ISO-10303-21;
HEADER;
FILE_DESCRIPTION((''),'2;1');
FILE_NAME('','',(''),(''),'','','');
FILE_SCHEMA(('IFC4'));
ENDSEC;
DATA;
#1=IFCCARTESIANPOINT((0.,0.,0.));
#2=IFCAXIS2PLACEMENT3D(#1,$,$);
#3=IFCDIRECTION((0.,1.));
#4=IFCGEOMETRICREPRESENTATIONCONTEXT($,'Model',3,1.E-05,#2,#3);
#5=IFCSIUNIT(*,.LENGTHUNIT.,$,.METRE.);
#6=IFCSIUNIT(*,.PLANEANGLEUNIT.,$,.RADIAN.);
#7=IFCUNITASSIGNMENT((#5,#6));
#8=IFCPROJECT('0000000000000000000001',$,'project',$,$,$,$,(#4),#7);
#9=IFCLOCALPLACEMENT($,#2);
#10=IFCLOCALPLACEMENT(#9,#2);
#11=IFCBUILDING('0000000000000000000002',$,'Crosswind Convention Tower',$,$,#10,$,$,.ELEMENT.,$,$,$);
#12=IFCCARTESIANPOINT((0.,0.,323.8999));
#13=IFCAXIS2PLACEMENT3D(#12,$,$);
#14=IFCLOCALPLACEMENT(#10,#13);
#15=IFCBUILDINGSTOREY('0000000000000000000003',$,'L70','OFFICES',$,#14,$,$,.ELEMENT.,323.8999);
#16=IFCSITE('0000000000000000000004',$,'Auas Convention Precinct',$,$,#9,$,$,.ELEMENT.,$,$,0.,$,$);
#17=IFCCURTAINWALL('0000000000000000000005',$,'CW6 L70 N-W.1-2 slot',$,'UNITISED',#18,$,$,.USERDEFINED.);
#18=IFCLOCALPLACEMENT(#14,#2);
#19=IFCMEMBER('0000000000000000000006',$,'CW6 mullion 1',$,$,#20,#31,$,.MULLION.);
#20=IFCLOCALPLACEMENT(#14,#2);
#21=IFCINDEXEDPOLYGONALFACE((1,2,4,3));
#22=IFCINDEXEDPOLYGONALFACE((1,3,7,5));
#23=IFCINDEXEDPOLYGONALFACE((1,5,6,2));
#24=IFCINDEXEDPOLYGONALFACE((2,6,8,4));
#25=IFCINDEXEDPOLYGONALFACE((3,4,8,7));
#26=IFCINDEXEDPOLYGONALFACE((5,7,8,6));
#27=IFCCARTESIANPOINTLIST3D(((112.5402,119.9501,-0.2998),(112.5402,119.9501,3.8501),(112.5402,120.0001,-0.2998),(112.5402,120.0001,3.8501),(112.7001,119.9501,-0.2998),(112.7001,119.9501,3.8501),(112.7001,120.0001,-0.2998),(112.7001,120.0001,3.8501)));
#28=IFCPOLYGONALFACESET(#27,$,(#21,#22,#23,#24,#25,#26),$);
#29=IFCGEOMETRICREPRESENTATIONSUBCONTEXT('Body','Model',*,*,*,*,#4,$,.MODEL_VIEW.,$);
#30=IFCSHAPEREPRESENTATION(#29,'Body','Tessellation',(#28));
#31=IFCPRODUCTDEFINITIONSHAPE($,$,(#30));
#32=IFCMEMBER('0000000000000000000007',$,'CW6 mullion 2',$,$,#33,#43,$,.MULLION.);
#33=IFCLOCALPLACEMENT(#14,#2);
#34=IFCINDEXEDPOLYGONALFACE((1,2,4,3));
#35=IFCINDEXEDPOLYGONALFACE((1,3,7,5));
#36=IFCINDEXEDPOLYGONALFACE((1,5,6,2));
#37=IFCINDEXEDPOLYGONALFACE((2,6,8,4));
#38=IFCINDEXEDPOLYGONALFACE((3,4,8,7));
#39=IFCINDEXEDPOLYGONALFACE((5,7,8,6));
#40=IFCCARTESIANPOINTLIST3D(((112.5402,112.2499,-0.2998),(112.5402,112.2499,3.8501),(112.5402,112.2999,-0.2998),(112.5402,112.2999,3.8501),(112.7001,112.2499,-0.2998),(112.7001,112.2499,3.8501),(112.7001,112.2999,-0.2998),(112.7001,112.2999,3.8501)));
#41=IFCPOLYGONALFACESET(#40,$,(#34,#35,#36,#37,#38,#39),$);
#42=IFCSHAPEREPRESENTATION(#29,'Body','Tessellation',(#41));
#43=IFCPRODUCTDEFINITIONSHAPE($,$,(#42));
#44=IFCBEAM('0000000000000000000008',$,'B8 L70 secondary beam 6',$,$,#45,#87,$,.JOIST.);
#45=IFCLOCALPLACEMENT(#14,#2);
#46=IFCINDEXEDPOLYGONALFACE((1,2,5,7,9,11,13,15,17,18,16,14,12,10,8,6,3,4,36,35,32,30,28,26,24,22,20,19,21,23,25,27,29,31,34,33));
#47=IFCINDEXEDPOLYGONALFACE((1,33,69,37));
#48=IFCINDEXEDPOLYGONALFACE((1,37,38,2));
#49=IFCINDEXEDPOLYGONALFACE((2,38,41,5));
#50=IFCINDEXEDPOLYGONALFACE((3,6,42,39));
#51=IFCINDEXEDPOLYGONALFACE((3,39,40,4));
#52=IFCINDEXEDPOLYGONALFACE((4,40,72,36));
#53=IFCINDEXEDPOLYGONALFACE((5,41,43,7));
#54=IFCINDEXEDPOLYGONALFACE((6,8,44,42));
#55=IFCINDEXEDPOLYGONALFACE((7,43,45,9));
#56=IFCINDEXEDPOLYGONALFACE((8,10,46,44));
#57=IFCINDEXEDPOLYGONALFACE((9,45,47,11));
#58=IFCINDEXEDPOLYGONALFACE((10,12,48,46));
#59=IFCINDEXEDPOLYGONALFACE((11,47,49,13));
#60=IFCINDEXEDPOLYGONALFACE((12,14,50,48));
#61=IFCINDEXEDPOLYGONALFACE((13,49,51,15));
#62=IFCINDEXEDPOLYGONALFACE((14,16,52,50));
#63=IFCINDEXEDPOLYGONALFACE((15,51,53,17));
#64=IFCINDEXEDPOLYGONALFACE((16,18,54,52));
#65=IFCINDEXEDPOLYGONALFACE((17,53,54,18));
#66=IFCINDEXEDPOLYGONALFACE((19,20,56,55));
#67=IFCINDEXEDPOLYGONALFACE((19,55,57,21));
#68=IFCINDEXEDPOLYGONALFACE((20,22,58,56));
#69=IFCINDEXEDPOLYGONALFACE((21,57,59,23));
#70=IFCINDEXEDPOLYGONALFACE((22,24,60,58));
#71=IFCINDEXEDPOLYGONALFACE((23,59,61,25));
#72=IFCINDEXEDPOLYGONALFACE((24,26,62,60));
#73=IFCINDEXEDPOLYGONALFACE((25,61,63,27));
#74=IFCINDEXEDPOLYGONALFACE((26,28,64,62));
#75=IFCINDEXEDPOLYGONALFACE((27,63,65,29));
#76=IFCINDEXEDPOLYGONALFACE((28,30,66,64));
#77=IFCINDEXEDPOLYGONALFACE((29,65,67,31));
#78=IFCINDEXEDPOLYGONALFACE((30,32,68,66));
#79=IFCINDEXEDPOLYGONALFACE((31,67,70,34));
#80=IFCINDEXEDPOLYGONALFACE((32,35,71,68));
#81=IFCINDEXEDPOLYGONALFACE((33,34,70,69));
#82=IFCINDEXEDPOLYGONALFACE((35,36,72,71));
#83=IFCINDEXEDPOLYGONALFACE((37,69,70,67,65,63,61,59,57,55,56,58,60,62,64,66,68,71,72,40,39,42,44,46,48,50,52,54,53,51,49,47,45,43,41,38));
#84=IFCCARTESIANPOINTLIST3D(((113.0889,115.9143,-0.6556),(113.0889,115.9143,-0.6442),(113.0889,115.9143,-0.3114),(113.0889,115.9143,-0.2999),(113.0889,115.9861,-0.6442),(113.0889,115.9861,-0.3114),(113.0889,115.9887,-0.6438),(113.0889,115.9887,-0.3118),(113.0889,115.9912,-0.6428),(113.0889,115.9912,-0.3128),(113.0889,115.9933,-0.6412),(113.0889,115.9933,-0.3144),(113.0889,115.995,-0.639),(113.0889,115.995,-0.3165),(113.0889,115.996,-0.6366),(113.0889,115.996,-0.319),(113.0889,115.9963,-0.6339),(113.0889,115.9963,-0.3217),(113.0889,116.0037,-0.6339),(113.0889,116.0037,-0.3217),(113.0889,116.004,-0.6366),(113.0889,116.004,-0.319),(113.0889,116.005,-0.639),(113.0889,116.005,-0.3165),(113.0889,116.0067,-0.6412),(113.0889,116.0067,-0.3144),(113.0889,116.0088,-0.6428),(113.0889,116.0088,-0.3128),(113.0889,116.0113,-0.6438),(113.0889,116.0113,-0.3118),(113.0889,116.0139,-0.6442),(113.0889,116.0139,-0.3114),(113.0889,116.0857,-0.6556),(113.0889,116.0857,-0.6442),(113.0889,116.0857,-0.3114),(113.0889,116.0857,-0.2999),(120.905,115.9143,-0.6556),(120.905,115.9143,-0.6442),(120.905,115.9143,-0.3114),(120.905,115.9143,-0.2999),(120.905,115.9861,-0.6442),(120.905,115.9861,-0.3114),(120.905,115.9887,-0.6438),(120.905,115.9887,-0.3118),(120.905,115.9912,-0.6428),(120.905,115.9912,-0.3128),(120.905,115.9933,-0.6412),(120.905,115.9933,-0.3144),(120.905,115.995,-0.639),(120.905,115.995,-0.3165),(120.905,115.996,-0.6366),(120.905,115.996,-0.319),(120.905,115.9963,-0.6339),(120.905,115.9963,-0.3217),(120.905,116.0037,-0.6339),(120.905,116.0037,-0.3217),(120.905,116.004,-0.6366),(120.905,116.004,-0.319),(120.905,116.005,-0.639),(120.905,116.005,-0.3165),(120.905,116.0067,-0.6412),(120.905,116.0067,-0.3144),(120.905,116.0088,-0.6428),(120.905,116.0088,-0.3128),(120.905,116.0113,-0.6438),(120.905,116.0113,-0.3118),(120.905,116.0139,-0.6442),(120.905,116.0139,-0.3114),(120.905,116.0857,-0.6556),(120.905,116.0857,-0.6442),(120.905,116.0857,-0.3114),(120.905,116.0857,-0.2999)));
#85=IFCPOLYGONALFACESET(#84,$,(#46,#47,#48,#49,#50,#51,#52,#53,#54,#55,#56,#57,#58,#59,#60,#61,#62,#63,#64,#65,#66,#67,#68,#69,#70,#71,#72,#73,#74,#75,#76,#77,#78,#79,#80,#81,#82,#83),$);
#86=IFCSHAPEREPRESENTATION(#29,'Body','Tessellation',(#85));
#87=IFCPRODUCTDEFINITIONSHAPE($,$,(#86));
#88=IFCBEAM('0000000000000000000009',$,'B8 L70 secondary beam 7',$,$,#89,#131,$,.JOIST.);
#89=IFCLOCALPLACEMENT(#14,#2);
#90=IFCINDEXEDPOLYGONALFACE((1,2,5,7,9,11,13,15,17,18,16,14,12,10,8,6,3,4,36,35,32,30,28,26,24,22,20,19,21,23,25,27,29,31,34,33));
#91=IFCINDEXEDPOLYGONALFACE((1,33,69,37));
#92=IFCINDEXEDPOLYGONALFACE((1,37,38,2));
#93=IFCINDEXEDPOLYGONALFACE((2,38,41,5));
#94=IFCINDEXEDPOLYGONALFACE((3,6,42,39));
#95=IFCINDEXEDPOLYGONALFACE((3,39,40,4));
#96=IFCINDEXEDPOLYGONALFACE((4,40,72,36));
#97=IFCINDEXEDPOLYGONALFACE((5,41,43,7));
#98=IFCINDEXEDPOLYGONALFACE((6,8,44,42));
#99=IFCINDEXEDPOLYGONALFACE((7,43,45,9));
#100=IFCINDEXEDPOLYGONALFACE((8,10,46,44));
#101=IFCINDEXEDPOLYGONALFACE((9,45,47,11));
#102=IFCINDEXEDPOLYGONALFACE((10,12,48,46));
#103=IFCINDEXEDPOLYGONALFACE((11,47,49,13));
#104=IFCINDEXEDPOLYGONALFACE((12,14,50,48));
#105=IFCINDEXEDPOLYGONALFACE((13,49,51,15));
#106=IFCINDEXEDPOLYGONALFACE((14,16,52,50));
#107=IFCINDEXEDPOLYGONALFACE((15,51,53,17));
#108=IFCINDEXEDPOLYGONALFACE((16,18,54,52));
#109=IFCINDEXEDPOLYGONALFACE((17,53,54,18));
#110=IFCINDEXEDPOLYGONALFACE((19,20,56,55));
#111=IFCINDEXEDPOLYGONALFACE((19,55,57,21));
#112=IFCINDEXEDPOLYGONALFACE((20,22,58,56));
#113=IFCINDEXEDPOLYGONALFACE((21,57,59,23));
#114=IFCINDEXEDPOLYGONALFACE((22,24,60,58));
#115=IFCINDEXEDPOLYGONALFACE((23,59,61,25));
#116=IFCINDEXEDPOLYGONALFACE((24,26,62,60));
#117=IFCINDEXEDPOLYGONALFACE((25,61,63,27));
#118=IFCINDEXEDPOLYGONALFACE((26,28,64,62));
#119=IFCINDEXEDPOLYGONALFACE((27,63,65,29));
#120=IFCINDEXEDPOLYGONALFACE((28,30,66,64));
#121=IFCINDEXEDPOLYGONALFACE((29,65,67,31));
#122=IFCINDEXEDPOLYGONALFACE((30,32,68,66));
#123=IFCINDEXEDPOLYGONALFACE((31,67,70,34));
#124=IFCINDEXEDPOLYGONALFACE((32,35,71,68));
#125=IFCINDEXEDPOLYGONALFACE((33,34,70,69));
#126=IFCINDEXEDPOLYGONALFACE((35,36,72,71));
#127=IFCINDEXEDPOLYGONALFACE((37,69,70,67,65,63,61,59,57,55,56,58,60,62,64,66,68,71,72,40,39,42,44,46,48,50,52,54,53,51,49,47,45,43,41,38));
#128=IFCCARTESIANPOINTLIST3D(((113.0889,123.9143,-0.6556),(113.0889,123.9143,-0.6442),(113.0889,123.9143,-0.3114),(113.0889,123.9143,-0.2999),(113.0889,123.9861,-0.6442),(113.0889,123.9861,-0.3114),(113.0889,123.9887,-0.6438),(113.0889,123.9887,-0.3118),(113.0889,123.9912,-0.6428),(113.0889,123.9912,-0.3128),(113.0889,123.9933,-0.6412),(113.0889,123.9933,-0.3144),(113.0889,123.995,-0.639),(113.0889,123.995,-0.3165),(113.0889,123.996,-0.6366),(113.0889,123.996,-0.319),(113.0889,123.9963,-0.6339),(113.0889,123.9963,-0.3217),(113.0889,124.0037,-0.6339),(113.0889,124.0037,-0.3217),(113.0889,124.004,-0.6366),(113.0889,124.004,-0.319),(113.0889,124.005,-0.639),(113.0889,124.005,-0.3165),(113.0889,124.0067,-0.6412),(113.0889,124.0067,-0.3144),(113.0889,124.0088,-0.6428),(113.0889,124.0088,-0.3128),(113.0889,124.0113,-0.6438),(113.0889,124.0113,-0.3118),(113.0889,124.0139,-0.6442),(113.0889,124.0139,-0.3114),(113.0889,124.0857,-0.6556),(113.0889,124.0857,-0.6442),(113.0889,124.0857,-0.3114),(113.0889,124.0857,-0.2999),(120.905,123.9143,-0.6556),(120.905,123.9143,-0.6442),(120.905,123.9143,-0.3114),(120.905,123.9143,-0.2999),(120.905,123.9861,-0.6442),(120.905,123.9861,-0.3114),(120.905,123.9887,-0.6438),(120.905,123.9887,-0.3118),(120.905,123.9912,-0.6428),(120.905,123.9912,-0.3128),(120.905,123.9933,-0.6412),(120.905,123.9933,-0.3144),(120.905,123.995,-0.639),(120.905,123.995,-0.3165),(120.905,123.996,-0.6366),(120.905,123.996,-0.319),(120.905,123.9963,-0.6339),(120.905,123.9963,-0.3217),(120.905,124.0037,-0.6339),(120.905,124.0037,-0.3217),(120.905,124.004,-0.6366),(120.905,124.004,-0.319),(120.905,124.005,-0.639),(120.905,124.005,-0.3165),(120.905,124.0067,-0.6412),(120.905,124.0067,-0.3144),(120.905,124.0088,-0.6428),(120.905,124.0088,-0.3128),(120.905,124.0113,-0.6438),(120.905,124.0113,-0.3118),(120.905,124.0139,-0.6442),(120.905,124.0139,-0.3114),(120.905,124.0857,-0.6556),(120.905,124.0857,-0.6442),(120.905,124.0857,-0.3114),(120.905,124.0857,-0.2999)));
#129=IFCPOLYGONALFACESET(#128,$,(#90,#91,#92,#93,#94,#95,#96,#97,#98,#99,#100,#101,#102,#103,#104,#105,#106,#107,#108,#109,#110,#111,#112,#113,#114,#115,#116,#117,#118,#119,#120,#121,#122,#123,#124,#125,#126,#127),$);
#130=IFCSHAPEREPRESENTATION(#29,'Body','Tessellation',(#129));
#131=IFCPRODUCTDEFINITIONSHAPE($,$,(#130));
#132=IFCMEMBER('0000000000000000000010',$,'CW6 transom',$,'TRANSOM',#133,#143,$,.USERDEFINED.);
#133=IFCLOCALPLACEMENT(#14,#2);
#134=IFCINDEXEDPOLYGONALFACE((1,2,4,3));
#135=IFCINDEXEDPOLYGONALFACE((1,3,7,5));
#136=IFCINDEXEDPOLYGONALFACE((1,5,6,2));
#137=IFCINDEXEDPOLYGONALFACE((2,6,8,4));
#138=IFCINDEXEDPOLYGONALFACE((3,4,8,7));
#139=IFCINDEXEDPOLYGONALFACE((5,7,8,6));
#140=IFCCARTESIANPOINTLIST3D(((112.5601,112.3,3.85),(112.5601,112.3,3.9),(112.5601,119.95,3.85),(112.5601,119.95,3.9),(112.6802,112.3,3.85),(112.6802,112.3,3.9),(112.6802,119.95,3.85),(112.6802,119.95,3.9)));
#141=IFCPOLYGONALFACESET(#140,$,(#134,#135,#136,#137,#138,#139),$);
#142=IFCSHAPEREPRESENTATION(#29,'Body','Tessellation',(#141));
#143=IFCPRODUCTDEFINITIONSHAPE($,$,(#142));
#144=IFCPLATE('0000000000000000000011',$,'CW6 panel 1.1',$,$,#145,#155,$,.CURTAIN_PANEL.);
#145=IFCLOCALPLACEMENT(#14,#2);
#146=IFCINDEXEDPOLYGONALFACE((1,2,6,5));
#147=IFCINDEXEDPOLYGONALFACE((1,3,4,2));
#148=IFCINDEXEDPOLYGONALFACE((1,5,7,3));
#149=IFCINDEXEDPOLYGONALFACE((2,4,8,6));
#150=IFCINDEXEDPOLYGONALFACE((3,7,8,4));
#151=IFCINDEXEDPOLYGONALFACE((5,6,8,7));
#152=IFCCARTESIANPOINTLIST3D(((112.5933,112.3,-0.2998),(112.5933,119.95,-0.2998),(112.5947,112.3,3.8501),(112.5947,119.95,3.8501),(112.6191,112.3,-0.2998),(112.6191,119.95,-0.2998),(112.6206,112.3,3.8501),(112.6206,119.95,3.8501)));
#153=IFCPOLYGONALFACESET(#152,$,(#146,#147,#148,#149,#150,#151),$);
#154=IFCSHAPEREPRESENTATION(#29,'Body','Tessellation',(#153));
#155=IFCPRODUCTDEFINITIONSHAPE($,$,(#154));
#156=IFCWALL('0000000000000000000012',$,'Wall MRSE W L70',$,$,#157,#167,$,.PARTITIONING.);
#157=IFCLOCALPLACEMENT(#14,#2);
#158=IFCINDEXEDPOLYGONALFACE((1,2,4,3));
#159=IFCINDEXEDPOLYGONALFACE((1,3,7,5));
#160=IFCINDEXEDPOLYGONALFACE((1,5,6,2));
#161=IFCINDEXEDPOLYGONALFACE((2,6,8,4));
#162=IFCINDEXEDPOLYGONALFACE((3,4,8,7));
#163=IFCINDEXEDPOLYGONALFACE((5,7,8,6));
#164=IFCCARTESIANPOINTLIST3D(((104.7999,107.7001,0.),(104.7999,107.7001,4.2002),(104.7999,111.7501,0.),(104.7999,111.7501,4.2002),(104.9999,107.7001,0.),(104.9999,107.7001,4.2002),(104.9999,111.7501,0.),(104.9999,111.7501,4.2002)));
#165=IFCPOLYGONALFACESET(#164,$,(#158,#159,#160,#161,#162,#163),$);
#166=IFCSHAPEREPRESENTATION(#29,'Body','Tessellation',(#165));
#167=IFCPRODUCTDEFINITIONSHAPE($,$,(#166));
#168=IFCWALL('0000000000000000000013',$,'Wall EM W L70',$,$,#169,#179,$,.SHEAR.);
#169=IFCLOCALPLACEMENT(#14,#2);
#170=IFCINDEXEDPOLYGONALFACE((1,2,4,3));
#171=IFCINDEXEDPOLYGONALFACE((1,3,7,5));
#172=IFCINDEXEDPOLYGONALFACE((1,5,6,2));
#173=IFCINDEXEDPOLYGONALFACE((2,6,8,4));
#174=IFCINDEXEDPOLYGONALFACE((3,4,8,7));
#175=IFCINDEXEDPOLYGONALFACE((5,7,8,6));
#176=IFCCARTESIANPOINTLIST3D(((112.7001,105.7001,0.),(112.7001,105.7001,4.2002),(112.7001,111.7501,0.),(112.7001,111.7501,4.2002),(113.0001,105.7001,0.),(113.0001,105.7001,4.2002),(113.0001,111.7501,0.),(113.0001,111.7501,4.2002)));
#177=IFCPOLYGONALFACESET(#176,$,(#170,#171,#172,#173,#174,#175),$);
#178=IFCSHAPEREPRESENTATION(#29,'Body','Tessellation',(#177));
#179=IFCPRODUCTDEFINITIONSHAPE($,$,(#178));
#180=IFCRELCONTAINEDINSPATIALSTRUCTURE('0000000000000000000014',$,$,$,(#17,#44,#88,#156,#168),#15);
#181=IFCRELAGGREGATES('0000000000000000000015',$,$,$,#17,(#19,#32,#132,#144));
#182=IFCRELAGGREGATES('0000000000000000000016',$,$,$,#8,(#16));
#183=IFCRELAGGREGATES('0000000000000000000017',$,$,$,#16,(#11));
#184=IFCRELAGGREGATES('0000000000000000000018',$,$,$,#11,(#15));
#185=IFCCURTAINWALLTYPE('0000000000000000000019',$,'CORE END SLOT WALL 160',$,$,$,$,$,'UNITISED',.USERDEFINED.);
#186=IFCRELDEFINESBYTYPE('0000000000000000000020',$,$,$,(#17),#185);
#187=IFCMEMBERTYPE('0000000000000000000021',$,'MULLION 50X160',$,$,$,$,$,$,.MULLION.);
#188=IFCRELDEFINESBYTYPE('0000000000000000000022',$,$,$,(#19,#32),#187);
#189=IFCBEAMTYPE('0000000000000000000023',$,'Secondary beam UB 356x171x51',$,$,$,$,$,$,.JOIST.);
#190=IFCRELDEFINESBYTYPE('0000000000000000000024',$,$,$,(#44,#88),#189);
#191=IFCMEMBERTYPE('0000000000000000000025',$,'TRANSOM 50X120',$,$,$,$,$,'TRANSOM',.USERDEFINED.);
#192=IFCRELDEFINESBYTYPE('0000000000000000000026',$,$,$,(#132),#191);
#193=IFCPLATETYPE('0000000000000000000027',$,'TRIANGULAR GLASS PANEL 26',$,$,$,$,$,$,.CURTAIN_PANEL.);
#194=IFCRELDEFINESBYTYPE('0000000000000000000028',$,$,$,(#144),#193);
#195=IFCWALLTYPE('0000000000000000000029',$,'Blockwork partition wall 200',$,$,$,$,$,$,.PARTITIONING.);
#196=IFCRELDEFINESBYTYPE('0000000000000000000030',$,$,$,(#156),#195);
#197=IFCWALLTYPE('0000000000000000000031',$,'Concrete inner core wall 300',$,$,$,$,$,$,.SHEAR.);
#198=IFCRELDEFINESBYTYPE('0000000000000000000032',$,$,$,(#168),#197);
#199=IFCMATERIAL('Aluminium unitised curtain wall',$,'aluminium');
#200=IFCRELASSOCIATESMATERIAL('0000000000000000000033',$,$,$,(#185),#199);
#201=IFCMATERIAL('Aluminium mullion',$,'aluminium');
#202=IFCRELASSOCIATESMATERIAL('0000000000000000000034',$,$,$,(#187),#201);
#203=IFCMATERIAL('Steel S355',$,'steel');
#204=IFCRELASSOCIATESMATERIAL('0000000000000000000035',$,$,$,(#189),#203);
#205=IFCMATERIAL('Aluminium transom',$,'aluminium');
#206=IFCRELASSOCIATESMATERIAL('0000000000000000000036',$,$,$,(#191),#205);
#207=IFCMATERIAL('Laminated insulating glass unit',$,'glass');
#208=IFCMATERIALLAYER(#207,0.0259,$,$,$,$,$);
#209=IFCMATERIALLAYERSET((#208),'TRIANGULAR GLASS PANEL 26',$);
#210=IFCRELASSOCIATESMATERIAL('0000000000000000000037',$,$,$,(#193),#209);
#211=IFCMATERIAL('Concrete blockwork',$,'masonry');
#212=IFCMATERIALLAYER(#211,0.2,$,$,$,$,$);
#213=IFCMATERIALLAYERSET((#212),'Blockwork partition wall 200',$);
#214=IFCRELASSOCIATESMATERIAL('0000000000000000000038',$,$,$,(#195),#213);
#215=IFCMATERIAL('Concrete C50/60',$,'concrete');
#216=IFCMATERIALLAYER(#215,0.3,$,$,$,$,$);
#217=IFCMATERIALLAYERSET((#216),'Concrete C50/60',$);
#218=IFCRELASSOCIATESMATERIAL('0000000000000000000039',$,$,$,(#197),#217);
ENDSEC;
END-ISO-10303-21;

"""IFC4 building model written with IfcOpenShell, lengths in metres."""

from ifc_helpers import new_model, si_unit, direction, frame, frame_2d, origin, origin_2d, place, context, subcontext, project, spatial, polyline, rectangle, i_section, outline, extrude, material, layer, layer_set, material_profile, profile_set, type_object, element, aggregate, save


model = new_model("IFC4")

# Units and contexts
model_context = context("Model", 3, precision=1e-05, world=origin(), true_north=direction((0.0, 1.0)))
body_context = subcontext(model_context, "Body", "Model", "MODEL_VIEW")
ifc_project = project(units=[si_unit("LENGTHUNIT", "METRE"), si_unit("PLANEANGLEUNIT", "RADIAN")], contexts=[model_context])

# Site, building, storey
site_placement = place(None, origin())
site = spatial("IfcSite", under=ifc_project, at=site_placement, Name="Auas Convention Precinct", CompositionType="ELEMENT", RefElevation=0.0)
building_placement = place(site_placement, origin())
building = spatial("IfcBuilding", under=site, at=building_placement, Name="Crosswind Convention Tower", CompositionType="ELEMENT")
storey_placement = place(building_placement, frame((0.0, 0.0, 323.8999)))
storey = spatial("IfcBuildingStorey", under=building, at=storey_placement, Name="L70", Description="OFFICES", CompositionType="ELEMENT", Elevation=323.8999)

# Shared definitions
ifc_material_1 = material(Name="Steel S355", Category="steel")

# Curtain wall, members
ifc_material_2 = material(Name="Aluminium unitised curtain wall", Category="aluminium")
curtain_wall_type = type_object("IfcCurtainWallType", Name="CORE END SLOT WALL 160", ElementType="UNITISED", PredefinedType="USERDEFINED", material=ifc_material_2)
curtain_wall_placement = place(storey_placement, origin())
curtain_wall = element("IfcCurtainWall", 1, at=curtain_wall_placement, inside=storey, type_object=curtain_wall_type, Name="CW6 L70 N-W.1-2 slot", ObjectType="UNITISED", PredefinedType="USERDEFINED")
ifc_material_3 = material(Name="Aluminium mullion", Category="aluminium")
ifc_material_profile_1 = material_profile(ifc_material_3, rectangle(XDim=0.1599, YDim=0.05, at=origin_2d()), Name="AL 160X50")
ifc_profile_set_1 = profile_set([ifc_material_profile_1], Name="Aluminium mullion")
member_type_1 = type_object("IfcMemberType", Name="MULLION 50X160", PredefinedType="MULLION", material=ifc_profile_set_1)
member_1_placement = place(storey_placement, frame((112.6201, 119.9751, -0.2998), z_axis=(0.0, 0.0, 1.0), x_axis=(-1.0, 0.0, 0.0)))
member_1 = element("IfcMember", 2, at=member_1_placement, type_object=member_type_1, Name="CW6 mullion 1", PredefinedType="MULLION", context=body_context, shape_type="SweptSolid", body=[
    extrude(rectangle(XDim=0.1599, YDim=0.05, at=origin_2d()), origin(), (0.0, 0.0, 1.0), 4.1499),
])
member_2_placement = place(storey_placement, frame((112.6201, 112.2749, -0.2998), z_axis=(0.0, 0.0, 1.0), x_axis=(-1.0, 0.0, 0.0)))
member_2 = element("IfcMember", 3, at=member_2_placement, type_object=member_type_1, Name="CW6 mullion 2", PredefinedType="MULLION", context=body_context, shape_type="SweptSolid", body=[
    extrude(rectangle(XDim=0.1599, YDim=0.05, at=origin_2d()), origin(), (0.0, 0.0, 1.0), 4.1499),
])

# Beams
ifc_material_profile_2 = material_profile(ifc_material_1, i_section(OverallWidth=0.1714, OverallDepth=0.3557, WebThickness=0.0073, FlangeThickness=0.0115, FilletRadius=0.0103, at=origin_2d()), Name="UB 356x171x51")
ifc_profile_set_2 = profile_set([ifc_material_profile_2], Name="Steel S355")
beam_type_1 = type_object("IfcBeamType", Name="Secondary beam UB 356x171x51", PredefinedType="JOIST", material=ifc_profile_set_2)
for number, where, z_axis, x_axis, name in (
    (4, (113.0889, 116.0, -0.4778), (1.0, 0.0, 0.0), (0.0, 1.0, 0.0), "B8 L70 secondary beam 6"),
    (5, (113.0889, 124.0, -0.4778), (1.0, 0.0, 0.0), (0.0, 1.0, 0.0), "B8 L70 secondary beam 7"),
):
    element("IfcBeam", number, at=place(storey_placement, frame(where, z_axis=z_axis, x_axis=x_axis)), inside=storey, type_object=beam_type_1, Name=name, PredefinedType="JOIST", context=body_context, shape_type="SweptSolid", body=[
        extrude(i_section(OverallWidth=0.1714, OverallDepth=0.3557, WebThickness=0.0073, FlangeThickness=0.0115, FilletRadius=0.0103, at=origin_2d()), origin(), (0.0, 0.0, 1.0), 7.8162),
    ])

# Member
ifc_material_4 = material(Name="Aluminium transom", Category="aluminium")
ifc_material_profile_3 = material_profile(ifc_material_4, rectangle(XDim=0.1201, YDim=0.05, at=origin_2d()), Name="AL 120X50")
ifc_profile_set_3 = profile_set([ifc_material_profile_3], Name="Aluminium transom")
member_type_2 = type_object("IfcMemberType", Name="TRANSOM 50X120", ElementType="TRANSOM", PredefinedType="USERDEFINED", material=ifc_profile_set_3)
member_3_placement = place(storey_placement, frame((112.6201, 119.95, 3.875), z_axis=(0.0, -1.0, 0.0), x_axis=(1.0, 0.0, 0.0)))
member_3 = element("IfcMember", 6, at=member_3_placement, type_object=member_type_2, Name="CW6 transom", ObjectType="TRANSOM", PredefinedType="USERDEFINED", context=body_context, shape_type="SweptSolid", body=[
    extrude(rectangle(XDim=0.1201, YDim=0.05, at=origin_2d()), origin(), (0.0, 0.0, 1.0), 7.6499),
])

# Plate
ifc_material_5 = material(Name="Laminated insulating glass unit", Category="glass")
ifc_layer_1 = layer(ifc_material_5, 0.0259)
ifc_layer_set_1 = layer_set([ifc_layer_1], Name="TRIANGULAR GLASS PANEL 26")
plate_type = type_object("IfcPlateType", Name="TRIANGULAR GLASS PANEL 26", PredefinedType="CURTAIN_PANEL", material=ifc_layer_set_1)
plate_placement = place(storey_placement, frame((112.5933, 119.95, -0.2998), z_axis=(-1.0, 0.0, 0.000353), x_axis=(0.0, -1.0, 0.0)))
plate = element("IfcPlate", 7, at=plate_placement, type_object=plate_type, Name="CW6 panel 1.1", PredefinedType="CURTAIN_PANEL", context=body_context, shape_type="SweptSolid", body=[
    extrude(outline(polyline([(0.0, 0.0), (7.6499, 0.0), (7.6499, 4.1499), (0.0, 4.1499), (0.0, 0.0)])), origin(), (0.0, 0.0, -1.0), 0.0259),
])
aggregate(curtain_wall, [member_1, member_2, member_3, plate])

# Walls
ifc_material_6 = material(Name="Concrete blockwork", Category="masonry")
ifc_layer_2 = layer(ifc_material_6, 0.2)
ifc_layer_set_2 = layer_set([ifc_layer_2], Name="Blockwork partition wall 200")
wall_type_1 = type_object("IfcWallType", Name="Blockwork partition wall 200", PredefinedType="PARTITIONING", material=ifc_layer_set_2)
wall_1_placement = place(storey_placement, frame((104.8999, 111.75, 0.0), z_axis=(0.0, 0.0, 1.0), x_axis=(0.0, -1.0, 0.0)))
element("IfcWall", 8, at=wall_1_placement, inside=storey, type_object=wall_type_1, Name="Wall MRSE W L70", PredefinedType="PARTITIONING", context=body_context, shape_type="SweptSolid", body=[
    extrude(rectangle(XDim=4.05, YDim=0.2, at=frame_2d((2.0249, 0.0))), origin(), (0.0, 0.0, 1.0), 4.2002),
])
ifc_material_7 = material(Name="Concrete C50/60", Category="concrete")
ifc_layer_3 = layer(ifc_material_7, 0.3)
ifc_layer_set_3 = layer_set([ifc_layer_3], Name="Concrete C50/60")
wall_type_2 = type_object("IfcWallType", Name="Concrete inner core wall 300", PredefinedType="SHEAR", material=ifc_layer_set_3)
wall_2_placement = place(storey_placement, frame((112.8501, 111.75, 0.0), z_axis=(0.0, 0.0, 1.0), x_axis=(0.0, -1.0, 0.0)))
element("IfcWall", 9, at=wall_2_placement, inside=storey, type_object=wall_type_2, Name="Wall EM W L70", PredefinedType="SHEAR", context=body_context, shape_type="SweptSolid", body=[
    extrude(rectangle(XDim=6.05, YDim=0.3, at=frame_2d((3.0249, 0.0))), origin(), (0.0, 0.0, 1.0), 4.2002),
])

save(model, "model.ifc")
